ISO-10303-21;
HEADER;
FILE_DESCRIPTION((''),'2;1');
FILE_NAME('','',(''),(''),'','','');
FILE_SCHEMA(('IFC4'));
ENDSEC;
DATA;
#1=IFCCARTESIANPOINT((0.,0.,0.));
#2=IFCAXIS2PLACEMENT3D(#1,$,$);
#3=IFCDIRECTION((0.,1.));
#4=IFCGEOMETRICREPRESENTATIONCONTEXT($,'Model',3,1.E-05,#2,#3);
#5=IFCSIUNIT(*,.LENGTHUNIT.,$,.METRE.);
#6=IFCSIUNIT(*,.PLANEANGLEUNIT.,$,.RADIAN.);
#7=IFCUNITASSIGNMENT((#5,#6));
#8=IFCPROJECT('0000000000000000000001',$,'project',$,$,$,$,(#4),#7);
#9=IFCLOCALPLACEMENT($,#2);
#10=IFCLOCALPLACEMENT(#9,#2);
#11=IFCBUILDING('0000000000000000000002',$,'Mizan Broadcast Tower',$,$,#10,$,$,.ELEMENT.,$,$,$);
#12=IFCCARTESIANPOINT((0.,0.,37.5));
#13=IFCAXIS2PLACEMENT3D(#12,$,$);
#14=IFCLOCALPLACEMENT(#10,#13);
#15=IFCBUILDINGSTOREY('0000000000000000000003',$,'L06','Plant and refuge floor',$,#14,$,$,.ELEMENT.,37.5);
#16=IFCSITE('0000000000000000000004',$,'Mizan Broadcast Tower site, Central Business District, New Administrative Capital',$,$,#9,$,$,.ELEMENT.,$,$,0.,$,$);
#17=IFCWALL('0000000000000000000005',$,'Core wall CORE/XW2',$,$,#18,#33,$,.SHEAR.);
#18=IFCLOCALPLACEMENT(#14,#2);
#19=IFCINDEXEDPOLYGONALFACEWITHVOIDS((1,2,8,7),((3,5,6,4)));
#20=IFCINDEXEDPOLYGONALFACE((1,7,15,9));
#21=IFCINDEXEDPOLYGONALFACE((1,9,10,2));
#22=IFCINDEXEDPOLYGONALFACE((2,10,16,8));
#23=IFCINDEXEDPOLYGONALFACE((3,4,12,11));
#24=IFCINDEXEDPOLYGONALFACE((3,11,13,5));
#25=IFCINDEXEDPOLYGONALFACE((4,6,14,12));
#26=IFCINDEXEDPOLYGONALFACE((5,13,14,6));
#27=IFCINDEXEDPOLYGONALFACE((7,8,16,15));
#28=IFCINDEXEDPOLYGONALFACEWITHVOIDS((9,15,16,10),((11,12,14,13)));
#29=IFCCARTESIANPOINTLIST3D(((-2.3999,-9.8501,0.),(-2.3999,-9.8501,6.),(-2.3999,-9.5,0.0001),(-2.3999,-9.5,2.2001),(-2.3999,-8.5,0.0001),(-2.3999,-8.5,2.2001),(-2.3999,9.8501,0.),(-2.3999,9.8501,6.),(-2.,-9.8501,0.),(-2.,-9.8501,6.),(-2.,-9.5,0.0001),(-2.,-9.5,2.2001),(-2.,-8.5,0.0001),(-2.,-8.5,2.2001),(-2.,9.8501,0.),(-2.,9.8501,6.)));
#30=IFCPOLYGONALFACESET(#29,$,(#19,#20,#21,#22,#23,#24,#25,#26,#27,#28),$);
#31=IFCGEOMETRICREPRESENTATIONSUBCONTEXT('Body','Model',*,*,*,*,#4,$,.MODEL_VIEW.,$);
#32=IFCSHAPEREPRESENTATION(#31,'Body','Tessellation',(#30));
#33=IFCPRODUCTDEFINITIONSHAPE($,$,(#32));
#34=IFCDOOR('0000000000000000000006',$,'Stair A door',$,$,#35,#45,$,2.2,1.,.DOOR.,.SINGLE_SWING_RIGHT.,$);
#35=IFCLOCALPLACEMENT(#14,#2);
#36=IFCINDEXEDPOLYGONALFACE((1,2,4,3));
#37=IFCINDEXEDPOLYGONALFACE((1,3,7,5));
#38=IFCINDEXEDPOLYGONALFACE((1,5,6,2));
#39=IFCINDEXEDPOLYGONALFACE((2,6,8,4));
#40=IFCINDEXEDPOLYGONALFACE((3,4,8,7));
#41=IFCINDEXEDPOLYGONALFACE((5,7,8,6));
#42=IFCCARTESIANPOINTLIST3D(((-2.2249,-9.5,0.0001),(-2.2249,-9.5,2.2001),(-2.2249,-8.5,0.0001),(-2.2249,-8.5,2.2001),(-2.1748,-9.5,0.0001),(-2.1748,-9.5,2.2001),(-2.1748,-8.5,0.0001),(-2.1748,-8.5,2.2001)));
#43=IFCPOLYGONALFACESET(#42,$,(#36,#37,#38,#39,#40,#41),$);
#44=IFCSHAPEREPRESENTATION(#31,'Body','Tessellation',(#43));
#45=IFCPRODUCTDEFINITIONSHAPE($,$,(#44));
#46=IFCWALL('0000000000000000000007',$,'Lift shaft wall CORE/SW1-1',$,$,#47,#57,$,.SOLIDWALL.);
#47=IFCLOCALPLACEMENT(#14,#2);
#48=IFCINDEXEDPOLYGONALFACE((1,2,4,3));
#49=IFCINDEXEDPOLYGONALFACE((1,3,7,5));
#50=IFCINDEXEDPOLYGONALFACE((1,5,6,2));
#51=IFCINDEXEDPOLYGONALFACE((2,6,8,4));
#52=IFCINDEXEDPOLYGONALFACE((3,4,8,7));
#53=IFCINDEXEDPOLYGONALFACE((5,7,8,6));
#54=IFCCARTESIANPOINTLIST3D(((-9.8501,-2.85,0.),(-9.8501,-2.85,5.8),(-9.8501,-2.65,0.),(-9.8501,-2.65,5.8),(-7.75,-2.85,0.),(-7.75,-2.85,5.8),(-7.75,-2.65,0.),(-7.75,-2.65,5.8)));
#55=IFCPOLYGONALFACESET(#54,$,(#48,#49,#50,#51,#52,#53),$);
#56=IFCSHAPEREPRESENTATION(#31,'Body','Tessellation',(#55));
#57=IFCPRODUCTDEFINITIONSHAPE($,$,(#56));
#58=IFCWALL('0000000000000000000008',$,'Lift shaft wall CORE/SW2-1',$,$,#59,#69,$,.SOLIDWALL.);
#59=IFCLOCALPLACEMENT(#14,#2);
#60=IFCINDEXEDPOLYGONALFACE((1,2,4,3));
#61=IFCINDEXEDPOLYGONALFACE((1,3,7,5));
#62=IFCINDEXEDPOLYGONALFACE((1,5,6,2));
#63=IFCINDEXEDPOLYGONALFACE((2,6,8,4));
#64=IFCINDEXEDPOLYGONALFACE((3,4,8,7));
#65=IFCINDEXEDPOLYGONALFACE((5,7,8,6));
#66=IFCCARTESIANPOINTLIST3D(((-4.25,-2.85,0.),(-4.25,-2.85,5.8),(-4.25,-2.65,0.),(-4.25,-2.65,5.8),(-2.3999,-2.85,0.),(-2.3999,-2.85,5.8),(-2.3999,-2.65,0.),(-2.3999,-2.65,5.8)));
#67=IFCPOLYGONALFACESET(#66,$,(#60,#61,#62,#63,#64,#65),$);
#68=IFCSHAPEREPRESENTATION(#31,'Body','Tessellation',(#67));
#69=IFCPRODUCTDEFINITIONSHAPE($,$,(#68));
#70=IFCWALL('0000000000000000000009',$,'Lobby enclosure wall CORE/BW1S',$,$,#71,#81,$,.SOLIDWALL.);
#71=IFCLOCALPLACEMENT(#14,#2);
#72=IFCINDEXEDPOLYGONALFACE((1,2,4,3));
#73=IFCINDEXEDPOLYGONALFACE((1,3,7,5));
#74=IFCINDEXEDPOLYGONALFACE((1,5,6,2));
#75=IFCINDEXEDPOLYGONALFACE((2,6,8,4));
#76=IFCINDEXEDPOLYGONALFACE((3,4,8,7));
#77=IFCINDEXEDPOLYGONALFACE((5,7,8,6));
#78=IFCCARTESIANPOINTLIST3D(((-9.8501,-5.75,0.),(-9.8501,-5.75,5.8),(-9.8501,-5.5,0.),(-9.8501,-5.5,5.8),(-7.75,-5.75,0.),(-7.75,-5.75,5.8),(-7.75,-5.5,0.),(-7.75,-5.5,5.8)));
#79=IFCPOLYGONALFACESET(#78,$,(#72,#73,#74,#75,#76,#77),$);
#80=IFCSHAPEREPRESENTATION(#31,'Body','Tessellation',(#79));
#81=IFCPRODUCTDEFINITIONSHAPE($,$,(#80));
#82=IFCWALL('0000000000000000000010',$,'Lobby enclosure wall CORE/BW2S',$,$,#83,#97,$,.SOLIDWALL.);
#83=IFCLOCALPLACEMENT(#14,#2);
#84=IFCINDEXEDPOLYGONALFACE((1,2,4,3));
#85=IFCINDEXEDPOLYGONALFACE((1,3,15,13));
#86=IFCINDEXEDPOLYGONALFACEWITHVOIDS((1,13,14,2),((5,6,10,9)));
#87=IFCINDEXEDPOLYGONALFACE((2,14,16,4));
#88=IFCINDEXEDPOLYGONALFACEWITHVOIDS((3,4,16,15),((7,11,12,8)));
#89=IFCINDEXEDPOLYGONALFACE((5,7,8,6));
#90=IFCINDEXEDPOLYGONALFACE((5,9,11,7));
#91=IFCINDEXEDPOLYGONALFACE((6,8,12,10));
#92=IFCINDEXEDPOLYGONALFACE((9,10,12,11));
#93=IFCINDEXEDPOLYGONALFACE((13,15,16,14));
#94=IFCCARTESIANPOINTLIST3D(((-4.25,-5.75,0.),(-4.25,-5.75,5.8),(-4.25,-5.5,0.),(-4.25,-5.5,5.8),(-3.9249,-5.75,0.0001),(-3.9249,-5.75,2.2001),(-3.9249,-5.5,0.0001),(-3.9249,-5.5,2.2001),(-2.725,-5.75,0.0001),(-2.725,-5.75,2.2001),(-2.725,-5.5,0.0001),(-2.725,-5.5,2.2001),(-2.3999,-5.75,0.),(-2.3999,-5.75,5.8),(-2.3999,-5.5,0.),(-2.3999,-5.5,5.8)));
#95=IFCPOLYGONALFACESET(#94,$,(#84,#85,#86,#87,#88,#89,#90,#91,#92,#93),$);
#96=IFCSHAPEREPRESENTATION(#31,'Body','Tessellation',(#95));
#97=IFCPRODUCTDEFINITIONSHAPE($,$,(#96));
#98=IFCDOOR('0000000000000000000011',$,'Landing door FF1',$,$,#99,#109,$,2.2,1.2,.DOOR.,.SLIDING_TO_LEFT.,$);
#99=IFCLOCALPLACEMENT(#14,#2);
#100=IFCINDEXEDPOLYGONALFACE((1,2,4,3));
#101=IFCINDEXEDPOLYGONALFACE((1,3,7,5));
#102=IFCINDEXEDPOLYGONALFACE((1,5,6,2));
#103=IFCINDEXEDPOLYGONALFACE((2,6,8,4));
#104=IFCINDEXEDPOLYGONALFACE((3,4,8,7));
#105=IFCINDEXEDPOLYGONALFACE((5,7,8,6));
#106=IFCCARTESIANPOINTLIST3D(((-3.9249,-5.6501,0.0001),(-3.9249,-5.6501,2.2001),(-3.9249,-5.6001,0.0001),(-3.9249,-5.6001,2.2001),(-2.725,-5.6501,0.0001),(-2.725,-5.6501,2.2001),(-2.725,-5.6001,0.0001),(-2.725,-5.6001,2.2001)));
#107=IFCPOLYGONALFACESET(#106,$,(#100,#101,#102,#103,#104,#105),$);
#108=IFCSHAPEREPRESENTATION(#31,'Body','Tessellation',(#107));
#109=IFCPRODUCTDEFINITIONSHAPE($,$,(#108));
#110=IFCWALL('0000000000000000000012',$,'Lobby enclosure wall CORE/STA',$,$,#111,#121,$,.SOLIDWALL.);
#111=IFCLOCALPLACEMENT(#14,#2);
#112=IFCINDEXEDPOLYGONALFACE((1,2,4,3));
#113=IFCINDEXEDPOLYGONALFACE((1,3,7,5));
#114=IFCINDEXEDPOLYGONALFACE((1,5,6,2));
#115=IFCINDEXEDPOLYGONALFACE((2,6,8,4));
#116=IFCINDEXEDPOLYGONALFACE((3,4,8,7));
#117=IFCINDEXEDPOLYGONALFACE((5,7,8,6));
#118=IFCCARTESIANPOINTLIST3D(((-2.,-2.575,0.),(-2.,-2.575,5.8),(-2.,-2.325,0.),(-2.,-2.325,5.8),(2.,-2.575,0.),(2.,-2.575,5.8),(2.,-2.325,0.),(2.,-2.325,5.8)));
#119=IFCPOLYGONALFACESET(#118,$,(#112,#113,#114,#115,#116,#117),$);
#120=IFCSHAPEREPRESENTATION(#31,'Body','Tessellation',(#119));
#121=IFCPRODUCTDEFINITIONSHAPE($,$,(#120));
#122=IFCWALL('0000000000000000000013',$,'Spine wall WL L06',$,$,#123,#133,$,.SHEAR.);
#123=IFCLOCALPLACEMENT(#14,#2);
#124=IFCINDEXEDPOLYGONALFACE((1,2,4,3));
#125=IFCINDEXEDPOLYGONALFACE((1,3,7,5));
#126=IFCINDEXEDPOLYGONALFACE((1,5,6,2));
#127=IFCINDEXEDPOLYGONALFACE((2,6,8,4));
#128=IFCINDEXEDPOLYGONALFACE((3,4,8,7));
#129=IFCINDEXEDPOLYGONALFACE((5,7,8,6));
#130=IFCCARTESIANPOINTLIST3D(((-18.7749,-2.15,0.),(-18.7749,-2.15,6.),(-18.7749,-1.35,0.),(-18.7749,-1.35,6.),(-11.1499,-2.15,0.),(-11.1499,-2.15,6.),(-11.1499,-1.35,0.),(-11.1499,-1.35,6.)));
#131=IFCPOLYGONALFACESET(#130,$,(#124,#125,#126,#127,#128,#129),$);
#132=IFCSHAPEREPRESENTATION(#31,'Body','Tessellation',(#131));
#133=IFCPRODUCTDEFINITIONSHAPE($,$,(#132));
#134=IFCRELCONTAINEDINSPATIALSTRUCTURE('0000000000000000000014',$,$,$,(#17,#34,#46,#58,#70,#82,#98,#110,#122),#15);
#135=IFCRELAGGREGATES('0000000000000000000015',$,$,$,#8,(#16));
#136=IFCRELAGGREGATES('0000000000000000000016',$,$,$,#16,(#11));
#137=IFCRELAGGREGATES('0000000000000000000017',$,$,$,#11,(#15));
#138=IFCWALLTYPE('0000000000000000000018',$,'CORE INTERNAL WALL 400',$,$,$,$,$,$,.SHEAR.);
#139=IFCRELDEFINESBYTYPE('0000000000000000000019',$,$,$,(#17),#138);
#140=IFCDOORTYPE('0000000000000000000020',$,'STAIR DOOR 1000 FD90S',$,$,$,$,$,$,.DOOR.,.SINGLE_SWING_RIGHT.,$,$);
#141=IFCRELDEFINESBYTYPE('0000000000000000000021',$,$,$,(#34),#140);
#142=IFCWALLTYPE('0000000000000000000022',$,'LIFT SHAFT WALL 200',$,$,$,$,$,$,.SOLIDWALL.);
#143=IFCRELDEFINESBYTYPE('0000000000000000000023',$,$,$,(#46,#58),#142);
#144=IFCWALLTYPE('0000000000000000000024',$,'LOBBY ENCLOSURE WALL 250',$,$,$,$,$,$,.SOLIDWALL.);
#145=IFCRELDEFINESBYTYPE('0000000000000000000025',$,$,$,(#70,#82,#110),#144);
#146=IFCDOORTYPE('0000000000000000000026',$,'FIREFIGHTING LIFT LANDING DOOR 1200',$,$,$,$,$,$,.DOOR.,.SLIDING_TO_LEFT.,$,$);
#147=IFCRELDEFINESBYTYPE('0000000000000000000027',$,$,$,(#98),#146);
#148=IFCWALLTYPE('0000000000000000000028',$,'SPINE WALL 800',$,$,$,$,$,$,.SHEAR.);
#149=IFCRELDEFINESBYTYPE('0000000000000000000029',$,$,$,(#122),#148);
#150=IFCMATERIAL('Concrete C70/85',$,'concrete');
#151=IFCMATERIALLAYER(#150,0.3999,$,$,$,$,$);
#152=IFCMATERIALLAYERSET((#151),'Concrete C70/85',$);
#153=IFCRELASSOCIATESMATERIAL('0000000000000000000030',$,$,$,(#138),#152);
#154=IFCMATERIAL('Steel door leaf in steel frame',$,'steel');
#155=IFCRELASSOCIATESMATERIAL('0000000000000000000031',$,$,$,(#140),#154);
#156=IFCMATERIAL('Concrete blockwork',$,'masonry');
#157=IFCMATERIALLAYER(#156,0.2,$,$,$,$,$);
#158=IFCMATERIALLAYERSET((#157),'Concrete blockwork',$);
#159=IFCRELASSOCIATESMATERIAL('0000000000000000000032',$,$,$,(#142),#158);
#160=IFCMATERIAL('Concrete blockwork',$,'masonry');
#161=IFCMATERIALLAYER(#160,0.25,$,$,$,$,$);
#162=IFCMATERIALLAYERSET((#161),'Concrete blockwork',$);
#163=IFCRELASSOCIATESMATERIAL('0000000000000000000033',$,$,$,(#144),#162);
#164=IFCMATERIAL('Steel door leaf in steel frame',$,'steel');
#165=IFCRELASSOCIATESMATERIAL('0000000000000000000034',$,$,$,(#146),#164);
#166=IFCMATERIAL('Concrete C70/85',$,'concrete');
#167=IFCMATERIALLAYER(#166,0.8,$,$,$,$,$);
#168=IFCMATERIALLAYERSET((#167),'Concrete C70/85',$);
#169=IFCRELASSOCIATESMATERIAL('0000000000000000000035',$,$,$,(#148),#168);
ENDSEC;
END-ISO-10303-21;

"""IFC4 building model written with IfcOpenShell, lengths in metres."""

from ifc_helpers import new_model, si_unit, direction, frame, frame_2d, origin, place, context, subcontext, project, spatial, rectangle, extrude, material, layer, layer_set, type_object, element, fill, save


model = new_model("IFC4")

# Units and contexts
model_context = context("Model", 3, precision=1e-05, world=origin(), true_north=direction((0.0, 1.0)))
body_context = subcontext(model_context, "Body", "Model", "MODEL_VIEW")
ifc_project = project(units=[si_unit("LENGTHUNIT", "METRE"), si_unit("PLANEANGLEUNIT", "RADIAN")], contexts=[model_context])

# Site, building, storey
site_placement = place(None, origin())
site = spatial("IfcSite", under=ifc_project, at=site_placement, Name="Mizan Broadcast Tower site, Central Business District, New Administrative Capital", CompositionType="ELEMENT", RefElevation=0.0)
building_placement = place(site_placement, origin())
building = spatial("IfcBuilding", under=site, at=building_placement, Name="Mizan Broadcast Tower", CompositionType="ELEMENT")
storey_placement = place(building_placement, frame((0.0, 0.0, 37.5)))
storey = spatial("IfcBuildingStorey", under=building, at=storey_placement, Name="L06", Description="Plant and refuge floor", CompositionType="ELEMENT", Elevation=37.5)

# Shared definitions
ifc_material_1 = material(Name="Concrete C70/85", Category="concrete")
ifc_layer_1 = layer(ifc_material_1, 0.3999)
ifc_layer_set_1 = layer_set([ifc_layer_1], Name="Concrete C70/85")
wall_type_1 = type_object("IfcWallType", Name="CORE INTERNAL WALL 400", PredefinedType="SHEAR", material=ifc_layer_set_1)

# Wall, opening, door
wall_1_placement = place(storey_placement, frame((-2.2, -9.8501, 0.0), z_axis=(0.0, 0.0, 1.0), x_axis=(0.0, 1.0, 0.0)))
wall_1 = element("IfcWall", 1, at=wall_1_placement, inside=storey, type_object=wall_type_1, Name="Core wall CORE/XW2", PredefinedType="SHEAR", context=body_context, shape_type="SweptSolid", body=[
    extrude(rectangle(XDim=19.7002, YDim=0.3999, at=frame_2d((9.8501, 0.0))), origin(), (0.0, 0.0, 1.0), 6.0),
])
opening_1_placement = place(wall_1_placement, frame((0.3501, 0.0, 0.0)))
opening_1 = element("IfcOpeningElement", 2, at=opening_1_placement, cuts=wall_1, PredefinedType="OPENING", context=body_context, shape_type="SweptSolid", body=[
    extrude(rectangle(XDim=1.0, YDim=2.2, at=frame_2d((0.5, 1.1001))), frame((0.0, 0.21, 0.0), z_axis=(0.0, -1.0, 0.0), x_axis=(1.0, 0.0, 0.0)), (0.0, 0.0, 1.0), 0.4199),
])
ifc_material_2 = material(Name="Steel door leaf in steel frame", Category="steel")
door_type_1 = type_object("IfcDoorType", Name="STAIR DOOR 1000 FD90S", OperationType="SINGLE_SWING_RIGHT", PredefinedType="DOOR", material=ifc_material_2)
door_1_placement = place(opening_1_placement, origin())
door_1 = element("IfcDoor", 3, at=door_1_placement, inside=storey, type_object=door_type_1, Name="Stair A door", OperationType="SINGLE_SWING_RIGHT", OverallHeight=2.2, OverallWidth=1.0, PredefinedType="DOOR", context=body_context, shape_type="SweptSolid", body=[
    extrude(rectangle(XDim=1.0, YDim=2.2, at=frame_2d((0.5, 1.1001))), frame((0.0, 0.0249, 0.0), z_axis=(0.0, -1.0, 0.0), x_axis=(1.0, 0.0, 0.0)), (0.0, 0.0, 1.0), 0.05),
])
fill(opening_1, door_1)

# Walls
ifc_material_3 = material(Name="Concrete blockwork", Category="masonry")
ifc_layer_2 = layer(ifc_material_3, 0.2)
ifc_layer_set_2 = layer_set([ifc_layer_2], Name="Concrete blockwork")
wall_type_2 = type_object("IfcWallType", Name="LIFT SHAFT WALL 200", PredefinedType="SOLIDWALL", material=ifc_layer_set_2)
wall_2_placement = place(storey_placement, frame((-9.8501, -2.75, 0.0), z_axis=(0.0, 0.0, 1.0), x_axis=(1.0, 0.0, 0.0)))
element("IfcWall", 4, at=wall_2_placement, inside=storey, type_object=wall_type_2, Name="Lift shaft wall CORE/SW1-1", PredefinedType="SOLIDWALL", context=body_context, shape_type="SweptSolid", body=[
    extrude(rectangle(XDim=2.1001, YDim=0.2, at=frame_2d((1.05, 0.0))), origin(), (0.0, 0.0, 1.0), 5.8),
])
wall_3_placement = place(storey_placement, frame((-4.25, -2.75, 0.0), z_axis=(0.0, 0.0, 1.0), x_axis=(1.0, 0.0, 0.0)))
element("IfcWall", 5, at=wall_3_placement, inside=storey, type_object=wall_type_2, Name="Lift shaft wall CORE/SW2-1", PredefinedType="SOLIDWALL", context=body_context, shape_type="SweptSolid", body=[
    extrude(rectangle(XDim=1.8501, YDim=0.2, at=frame_2d((0.925, 0.0))), origin(), (0.0, 0.0, 1.0), 5.8),
])
ifc_material_4 = material(Name="Concrete blockwork", Category="masonry")
ifc_layer_3 = layer(ifc_material_4, 0.25)
ifc_layer_set_3 = layer_set([ifc_layer_3], Name="Concrete blockwork")
wall_type_3 = type_object("IfcWallType", Name="LOBBY ENCLOSURE WALL 250", PredefinedType="SOLIDWALL", material=ifc_layer_set_3)
wall_4_placement = place(storey_placement, frame((-9.8501, -5.625, 0.0), z_axis=(0.0, 0.0, 1.0), x_axis=(1.0, 0.0, 0.0)))
element("IfcWall", 6, at=wall_4_placement, inside=storey, type_object=wall_type_3, Name="Lobby enclosure wall CORE/BW1S", PredefinedType="SOLIDWALL", context=body_context, shape_type="SweptSolid", body=[
    extrude(rectangle(XDim=2.1001, YDim=0.25, at=frame_2d((1.05, 0.0))), origin(), (0.0, 0.0, 1.0), 5.8),
])

# Wall, opening, door
wall_5_placement = place(storey_placement, frame((-4.25, -5.625, 0.0), z_axis=(0.0, 0.0, 1.0), x_axis=(1.0, 0.0, 0.0)))
wall_5 = element("IfcWall", 7, at=wall_5_placement, inside=storey, type_object=wall_type_3, Name="Lobby enclosure wall CORE/BW2S", PredefinedType="SOLIDWALL", context=body_context, shape_type="SweptSolid", body=[
    extrude(rectangle(XDim=1.8501, YDim=0.25, at=frame_2d((0.925, 0.0))), origin(), (0.0, 0.0, 1.0), 5.8),
])
opening_2_placement = place(wall_5_placement, frame((0.325, 0.0, 0.0)))
opening_2 = element("IfcOpeningElement", 8, at=opening_2_placement, cuts=wall_5, PredefinedType="OPENING", context=body_context, shape_type="SweptSolid", body=[
    extrude(rectangle(XDim=1.2, YDim=2.2, at=frame_2d((0.6001, 1.1001))), frame((0.0, 0.135, 0.0), z_axis=(0.0, -1.0, 0.0), x_axis=(1.0, 0.0, 0.0)), (0.0, 0.0, 1.0), 0.27),
])
ifc_material_5 = material(Name="Steel door leaf in steel frame", Category="steel")
door_type_2 = type_object("IfcDoorType", Name="FIREFIGHTING LIFT LANDING DOOR 1200", OperationType="SLIDING_TO_LEFT", PredefinedType="DOOR", material=ifc_material_5)
door_2_placement = place(opening_2_placement, origin())
door_2 = element("IfcDoor", 9, at=door_2_placement, inside=storey, type_object=door_type_2, Name="Landing door FF1", OperationType="SLIDING_TO_LEFT", OverallHeight=2.2, OverallWidth=1.2, PredefinedType="DOOR", context=body_context, shape_type="SweptSolid", body=[
    extrude(rectangle(XDim=1.2, YDim=2.2, at=frame_2d((0.6001, 1.1001))), frame((0.0, 0.0249, 0.0), z_axis=(0.0, -1.0, 0.0), x_axis=(1.0, 0.0, 0.0)), (0.0, 0.0, 1.0), 0.05),
])
fill(opening_2, door_2)

# Walls
wall_6_placement = place(storey_placement, frame((-2.0, -2.45, 0.0), z_axis=(0.0, 0.0, 1.0), x_axis=(1.0, 0.0, 0.0)))
element("IfcWall", 10, at=wall_6_placement, inside=storey, type_object=wall_type_3, Name="Lobby enclosure wall CORE/STA", PredefinedType="SOLIDWALL", context=body_context, shape_type="SweptSolid", body=[
    extrude(rectangle(XDim=4.0, YDim=0.25, at=frame_2d((2.0, 0.0))), origin(), (0.0, 0.0, 1.0), 5.8),
])
ifc_material_6 = material(Name="Concrete C70/85", Category="concrete")
ifc_layer_4 = layer(ifc_material_6, 0.8)
ifc_layer_set_4 = layer_set([ifc_layer_4], Name="Concrete C70/85")
wall_type_4 = type_object("IfcWallType", Name="SPINE WALL 800", PredefinedType="SHEAR", material=ifc_layer_set_4)
wall_7_placement = place(storey_placement, frame((-11.1499, -1.75, 0.0), z_axis=(0.0, 0.0, 1.0), x_axis=(-1.0, 0.0, 0.0)))
element("IfcWall", 11, at=wall_7_placement, inside=storey, type_object=wall_type_4, Name="Spine wall WL L06", PredefinedType="SHEAR", context=body_context, shape_type="SweptSolid", body=[
    extrude(rectangle(XDim=7.625, YDim=0.8, at=frame_2d((3.8125, 0.0))), origin(), (0.0, 0.0, 1.0), 6.0),
])

save(model, "model.ifc")
